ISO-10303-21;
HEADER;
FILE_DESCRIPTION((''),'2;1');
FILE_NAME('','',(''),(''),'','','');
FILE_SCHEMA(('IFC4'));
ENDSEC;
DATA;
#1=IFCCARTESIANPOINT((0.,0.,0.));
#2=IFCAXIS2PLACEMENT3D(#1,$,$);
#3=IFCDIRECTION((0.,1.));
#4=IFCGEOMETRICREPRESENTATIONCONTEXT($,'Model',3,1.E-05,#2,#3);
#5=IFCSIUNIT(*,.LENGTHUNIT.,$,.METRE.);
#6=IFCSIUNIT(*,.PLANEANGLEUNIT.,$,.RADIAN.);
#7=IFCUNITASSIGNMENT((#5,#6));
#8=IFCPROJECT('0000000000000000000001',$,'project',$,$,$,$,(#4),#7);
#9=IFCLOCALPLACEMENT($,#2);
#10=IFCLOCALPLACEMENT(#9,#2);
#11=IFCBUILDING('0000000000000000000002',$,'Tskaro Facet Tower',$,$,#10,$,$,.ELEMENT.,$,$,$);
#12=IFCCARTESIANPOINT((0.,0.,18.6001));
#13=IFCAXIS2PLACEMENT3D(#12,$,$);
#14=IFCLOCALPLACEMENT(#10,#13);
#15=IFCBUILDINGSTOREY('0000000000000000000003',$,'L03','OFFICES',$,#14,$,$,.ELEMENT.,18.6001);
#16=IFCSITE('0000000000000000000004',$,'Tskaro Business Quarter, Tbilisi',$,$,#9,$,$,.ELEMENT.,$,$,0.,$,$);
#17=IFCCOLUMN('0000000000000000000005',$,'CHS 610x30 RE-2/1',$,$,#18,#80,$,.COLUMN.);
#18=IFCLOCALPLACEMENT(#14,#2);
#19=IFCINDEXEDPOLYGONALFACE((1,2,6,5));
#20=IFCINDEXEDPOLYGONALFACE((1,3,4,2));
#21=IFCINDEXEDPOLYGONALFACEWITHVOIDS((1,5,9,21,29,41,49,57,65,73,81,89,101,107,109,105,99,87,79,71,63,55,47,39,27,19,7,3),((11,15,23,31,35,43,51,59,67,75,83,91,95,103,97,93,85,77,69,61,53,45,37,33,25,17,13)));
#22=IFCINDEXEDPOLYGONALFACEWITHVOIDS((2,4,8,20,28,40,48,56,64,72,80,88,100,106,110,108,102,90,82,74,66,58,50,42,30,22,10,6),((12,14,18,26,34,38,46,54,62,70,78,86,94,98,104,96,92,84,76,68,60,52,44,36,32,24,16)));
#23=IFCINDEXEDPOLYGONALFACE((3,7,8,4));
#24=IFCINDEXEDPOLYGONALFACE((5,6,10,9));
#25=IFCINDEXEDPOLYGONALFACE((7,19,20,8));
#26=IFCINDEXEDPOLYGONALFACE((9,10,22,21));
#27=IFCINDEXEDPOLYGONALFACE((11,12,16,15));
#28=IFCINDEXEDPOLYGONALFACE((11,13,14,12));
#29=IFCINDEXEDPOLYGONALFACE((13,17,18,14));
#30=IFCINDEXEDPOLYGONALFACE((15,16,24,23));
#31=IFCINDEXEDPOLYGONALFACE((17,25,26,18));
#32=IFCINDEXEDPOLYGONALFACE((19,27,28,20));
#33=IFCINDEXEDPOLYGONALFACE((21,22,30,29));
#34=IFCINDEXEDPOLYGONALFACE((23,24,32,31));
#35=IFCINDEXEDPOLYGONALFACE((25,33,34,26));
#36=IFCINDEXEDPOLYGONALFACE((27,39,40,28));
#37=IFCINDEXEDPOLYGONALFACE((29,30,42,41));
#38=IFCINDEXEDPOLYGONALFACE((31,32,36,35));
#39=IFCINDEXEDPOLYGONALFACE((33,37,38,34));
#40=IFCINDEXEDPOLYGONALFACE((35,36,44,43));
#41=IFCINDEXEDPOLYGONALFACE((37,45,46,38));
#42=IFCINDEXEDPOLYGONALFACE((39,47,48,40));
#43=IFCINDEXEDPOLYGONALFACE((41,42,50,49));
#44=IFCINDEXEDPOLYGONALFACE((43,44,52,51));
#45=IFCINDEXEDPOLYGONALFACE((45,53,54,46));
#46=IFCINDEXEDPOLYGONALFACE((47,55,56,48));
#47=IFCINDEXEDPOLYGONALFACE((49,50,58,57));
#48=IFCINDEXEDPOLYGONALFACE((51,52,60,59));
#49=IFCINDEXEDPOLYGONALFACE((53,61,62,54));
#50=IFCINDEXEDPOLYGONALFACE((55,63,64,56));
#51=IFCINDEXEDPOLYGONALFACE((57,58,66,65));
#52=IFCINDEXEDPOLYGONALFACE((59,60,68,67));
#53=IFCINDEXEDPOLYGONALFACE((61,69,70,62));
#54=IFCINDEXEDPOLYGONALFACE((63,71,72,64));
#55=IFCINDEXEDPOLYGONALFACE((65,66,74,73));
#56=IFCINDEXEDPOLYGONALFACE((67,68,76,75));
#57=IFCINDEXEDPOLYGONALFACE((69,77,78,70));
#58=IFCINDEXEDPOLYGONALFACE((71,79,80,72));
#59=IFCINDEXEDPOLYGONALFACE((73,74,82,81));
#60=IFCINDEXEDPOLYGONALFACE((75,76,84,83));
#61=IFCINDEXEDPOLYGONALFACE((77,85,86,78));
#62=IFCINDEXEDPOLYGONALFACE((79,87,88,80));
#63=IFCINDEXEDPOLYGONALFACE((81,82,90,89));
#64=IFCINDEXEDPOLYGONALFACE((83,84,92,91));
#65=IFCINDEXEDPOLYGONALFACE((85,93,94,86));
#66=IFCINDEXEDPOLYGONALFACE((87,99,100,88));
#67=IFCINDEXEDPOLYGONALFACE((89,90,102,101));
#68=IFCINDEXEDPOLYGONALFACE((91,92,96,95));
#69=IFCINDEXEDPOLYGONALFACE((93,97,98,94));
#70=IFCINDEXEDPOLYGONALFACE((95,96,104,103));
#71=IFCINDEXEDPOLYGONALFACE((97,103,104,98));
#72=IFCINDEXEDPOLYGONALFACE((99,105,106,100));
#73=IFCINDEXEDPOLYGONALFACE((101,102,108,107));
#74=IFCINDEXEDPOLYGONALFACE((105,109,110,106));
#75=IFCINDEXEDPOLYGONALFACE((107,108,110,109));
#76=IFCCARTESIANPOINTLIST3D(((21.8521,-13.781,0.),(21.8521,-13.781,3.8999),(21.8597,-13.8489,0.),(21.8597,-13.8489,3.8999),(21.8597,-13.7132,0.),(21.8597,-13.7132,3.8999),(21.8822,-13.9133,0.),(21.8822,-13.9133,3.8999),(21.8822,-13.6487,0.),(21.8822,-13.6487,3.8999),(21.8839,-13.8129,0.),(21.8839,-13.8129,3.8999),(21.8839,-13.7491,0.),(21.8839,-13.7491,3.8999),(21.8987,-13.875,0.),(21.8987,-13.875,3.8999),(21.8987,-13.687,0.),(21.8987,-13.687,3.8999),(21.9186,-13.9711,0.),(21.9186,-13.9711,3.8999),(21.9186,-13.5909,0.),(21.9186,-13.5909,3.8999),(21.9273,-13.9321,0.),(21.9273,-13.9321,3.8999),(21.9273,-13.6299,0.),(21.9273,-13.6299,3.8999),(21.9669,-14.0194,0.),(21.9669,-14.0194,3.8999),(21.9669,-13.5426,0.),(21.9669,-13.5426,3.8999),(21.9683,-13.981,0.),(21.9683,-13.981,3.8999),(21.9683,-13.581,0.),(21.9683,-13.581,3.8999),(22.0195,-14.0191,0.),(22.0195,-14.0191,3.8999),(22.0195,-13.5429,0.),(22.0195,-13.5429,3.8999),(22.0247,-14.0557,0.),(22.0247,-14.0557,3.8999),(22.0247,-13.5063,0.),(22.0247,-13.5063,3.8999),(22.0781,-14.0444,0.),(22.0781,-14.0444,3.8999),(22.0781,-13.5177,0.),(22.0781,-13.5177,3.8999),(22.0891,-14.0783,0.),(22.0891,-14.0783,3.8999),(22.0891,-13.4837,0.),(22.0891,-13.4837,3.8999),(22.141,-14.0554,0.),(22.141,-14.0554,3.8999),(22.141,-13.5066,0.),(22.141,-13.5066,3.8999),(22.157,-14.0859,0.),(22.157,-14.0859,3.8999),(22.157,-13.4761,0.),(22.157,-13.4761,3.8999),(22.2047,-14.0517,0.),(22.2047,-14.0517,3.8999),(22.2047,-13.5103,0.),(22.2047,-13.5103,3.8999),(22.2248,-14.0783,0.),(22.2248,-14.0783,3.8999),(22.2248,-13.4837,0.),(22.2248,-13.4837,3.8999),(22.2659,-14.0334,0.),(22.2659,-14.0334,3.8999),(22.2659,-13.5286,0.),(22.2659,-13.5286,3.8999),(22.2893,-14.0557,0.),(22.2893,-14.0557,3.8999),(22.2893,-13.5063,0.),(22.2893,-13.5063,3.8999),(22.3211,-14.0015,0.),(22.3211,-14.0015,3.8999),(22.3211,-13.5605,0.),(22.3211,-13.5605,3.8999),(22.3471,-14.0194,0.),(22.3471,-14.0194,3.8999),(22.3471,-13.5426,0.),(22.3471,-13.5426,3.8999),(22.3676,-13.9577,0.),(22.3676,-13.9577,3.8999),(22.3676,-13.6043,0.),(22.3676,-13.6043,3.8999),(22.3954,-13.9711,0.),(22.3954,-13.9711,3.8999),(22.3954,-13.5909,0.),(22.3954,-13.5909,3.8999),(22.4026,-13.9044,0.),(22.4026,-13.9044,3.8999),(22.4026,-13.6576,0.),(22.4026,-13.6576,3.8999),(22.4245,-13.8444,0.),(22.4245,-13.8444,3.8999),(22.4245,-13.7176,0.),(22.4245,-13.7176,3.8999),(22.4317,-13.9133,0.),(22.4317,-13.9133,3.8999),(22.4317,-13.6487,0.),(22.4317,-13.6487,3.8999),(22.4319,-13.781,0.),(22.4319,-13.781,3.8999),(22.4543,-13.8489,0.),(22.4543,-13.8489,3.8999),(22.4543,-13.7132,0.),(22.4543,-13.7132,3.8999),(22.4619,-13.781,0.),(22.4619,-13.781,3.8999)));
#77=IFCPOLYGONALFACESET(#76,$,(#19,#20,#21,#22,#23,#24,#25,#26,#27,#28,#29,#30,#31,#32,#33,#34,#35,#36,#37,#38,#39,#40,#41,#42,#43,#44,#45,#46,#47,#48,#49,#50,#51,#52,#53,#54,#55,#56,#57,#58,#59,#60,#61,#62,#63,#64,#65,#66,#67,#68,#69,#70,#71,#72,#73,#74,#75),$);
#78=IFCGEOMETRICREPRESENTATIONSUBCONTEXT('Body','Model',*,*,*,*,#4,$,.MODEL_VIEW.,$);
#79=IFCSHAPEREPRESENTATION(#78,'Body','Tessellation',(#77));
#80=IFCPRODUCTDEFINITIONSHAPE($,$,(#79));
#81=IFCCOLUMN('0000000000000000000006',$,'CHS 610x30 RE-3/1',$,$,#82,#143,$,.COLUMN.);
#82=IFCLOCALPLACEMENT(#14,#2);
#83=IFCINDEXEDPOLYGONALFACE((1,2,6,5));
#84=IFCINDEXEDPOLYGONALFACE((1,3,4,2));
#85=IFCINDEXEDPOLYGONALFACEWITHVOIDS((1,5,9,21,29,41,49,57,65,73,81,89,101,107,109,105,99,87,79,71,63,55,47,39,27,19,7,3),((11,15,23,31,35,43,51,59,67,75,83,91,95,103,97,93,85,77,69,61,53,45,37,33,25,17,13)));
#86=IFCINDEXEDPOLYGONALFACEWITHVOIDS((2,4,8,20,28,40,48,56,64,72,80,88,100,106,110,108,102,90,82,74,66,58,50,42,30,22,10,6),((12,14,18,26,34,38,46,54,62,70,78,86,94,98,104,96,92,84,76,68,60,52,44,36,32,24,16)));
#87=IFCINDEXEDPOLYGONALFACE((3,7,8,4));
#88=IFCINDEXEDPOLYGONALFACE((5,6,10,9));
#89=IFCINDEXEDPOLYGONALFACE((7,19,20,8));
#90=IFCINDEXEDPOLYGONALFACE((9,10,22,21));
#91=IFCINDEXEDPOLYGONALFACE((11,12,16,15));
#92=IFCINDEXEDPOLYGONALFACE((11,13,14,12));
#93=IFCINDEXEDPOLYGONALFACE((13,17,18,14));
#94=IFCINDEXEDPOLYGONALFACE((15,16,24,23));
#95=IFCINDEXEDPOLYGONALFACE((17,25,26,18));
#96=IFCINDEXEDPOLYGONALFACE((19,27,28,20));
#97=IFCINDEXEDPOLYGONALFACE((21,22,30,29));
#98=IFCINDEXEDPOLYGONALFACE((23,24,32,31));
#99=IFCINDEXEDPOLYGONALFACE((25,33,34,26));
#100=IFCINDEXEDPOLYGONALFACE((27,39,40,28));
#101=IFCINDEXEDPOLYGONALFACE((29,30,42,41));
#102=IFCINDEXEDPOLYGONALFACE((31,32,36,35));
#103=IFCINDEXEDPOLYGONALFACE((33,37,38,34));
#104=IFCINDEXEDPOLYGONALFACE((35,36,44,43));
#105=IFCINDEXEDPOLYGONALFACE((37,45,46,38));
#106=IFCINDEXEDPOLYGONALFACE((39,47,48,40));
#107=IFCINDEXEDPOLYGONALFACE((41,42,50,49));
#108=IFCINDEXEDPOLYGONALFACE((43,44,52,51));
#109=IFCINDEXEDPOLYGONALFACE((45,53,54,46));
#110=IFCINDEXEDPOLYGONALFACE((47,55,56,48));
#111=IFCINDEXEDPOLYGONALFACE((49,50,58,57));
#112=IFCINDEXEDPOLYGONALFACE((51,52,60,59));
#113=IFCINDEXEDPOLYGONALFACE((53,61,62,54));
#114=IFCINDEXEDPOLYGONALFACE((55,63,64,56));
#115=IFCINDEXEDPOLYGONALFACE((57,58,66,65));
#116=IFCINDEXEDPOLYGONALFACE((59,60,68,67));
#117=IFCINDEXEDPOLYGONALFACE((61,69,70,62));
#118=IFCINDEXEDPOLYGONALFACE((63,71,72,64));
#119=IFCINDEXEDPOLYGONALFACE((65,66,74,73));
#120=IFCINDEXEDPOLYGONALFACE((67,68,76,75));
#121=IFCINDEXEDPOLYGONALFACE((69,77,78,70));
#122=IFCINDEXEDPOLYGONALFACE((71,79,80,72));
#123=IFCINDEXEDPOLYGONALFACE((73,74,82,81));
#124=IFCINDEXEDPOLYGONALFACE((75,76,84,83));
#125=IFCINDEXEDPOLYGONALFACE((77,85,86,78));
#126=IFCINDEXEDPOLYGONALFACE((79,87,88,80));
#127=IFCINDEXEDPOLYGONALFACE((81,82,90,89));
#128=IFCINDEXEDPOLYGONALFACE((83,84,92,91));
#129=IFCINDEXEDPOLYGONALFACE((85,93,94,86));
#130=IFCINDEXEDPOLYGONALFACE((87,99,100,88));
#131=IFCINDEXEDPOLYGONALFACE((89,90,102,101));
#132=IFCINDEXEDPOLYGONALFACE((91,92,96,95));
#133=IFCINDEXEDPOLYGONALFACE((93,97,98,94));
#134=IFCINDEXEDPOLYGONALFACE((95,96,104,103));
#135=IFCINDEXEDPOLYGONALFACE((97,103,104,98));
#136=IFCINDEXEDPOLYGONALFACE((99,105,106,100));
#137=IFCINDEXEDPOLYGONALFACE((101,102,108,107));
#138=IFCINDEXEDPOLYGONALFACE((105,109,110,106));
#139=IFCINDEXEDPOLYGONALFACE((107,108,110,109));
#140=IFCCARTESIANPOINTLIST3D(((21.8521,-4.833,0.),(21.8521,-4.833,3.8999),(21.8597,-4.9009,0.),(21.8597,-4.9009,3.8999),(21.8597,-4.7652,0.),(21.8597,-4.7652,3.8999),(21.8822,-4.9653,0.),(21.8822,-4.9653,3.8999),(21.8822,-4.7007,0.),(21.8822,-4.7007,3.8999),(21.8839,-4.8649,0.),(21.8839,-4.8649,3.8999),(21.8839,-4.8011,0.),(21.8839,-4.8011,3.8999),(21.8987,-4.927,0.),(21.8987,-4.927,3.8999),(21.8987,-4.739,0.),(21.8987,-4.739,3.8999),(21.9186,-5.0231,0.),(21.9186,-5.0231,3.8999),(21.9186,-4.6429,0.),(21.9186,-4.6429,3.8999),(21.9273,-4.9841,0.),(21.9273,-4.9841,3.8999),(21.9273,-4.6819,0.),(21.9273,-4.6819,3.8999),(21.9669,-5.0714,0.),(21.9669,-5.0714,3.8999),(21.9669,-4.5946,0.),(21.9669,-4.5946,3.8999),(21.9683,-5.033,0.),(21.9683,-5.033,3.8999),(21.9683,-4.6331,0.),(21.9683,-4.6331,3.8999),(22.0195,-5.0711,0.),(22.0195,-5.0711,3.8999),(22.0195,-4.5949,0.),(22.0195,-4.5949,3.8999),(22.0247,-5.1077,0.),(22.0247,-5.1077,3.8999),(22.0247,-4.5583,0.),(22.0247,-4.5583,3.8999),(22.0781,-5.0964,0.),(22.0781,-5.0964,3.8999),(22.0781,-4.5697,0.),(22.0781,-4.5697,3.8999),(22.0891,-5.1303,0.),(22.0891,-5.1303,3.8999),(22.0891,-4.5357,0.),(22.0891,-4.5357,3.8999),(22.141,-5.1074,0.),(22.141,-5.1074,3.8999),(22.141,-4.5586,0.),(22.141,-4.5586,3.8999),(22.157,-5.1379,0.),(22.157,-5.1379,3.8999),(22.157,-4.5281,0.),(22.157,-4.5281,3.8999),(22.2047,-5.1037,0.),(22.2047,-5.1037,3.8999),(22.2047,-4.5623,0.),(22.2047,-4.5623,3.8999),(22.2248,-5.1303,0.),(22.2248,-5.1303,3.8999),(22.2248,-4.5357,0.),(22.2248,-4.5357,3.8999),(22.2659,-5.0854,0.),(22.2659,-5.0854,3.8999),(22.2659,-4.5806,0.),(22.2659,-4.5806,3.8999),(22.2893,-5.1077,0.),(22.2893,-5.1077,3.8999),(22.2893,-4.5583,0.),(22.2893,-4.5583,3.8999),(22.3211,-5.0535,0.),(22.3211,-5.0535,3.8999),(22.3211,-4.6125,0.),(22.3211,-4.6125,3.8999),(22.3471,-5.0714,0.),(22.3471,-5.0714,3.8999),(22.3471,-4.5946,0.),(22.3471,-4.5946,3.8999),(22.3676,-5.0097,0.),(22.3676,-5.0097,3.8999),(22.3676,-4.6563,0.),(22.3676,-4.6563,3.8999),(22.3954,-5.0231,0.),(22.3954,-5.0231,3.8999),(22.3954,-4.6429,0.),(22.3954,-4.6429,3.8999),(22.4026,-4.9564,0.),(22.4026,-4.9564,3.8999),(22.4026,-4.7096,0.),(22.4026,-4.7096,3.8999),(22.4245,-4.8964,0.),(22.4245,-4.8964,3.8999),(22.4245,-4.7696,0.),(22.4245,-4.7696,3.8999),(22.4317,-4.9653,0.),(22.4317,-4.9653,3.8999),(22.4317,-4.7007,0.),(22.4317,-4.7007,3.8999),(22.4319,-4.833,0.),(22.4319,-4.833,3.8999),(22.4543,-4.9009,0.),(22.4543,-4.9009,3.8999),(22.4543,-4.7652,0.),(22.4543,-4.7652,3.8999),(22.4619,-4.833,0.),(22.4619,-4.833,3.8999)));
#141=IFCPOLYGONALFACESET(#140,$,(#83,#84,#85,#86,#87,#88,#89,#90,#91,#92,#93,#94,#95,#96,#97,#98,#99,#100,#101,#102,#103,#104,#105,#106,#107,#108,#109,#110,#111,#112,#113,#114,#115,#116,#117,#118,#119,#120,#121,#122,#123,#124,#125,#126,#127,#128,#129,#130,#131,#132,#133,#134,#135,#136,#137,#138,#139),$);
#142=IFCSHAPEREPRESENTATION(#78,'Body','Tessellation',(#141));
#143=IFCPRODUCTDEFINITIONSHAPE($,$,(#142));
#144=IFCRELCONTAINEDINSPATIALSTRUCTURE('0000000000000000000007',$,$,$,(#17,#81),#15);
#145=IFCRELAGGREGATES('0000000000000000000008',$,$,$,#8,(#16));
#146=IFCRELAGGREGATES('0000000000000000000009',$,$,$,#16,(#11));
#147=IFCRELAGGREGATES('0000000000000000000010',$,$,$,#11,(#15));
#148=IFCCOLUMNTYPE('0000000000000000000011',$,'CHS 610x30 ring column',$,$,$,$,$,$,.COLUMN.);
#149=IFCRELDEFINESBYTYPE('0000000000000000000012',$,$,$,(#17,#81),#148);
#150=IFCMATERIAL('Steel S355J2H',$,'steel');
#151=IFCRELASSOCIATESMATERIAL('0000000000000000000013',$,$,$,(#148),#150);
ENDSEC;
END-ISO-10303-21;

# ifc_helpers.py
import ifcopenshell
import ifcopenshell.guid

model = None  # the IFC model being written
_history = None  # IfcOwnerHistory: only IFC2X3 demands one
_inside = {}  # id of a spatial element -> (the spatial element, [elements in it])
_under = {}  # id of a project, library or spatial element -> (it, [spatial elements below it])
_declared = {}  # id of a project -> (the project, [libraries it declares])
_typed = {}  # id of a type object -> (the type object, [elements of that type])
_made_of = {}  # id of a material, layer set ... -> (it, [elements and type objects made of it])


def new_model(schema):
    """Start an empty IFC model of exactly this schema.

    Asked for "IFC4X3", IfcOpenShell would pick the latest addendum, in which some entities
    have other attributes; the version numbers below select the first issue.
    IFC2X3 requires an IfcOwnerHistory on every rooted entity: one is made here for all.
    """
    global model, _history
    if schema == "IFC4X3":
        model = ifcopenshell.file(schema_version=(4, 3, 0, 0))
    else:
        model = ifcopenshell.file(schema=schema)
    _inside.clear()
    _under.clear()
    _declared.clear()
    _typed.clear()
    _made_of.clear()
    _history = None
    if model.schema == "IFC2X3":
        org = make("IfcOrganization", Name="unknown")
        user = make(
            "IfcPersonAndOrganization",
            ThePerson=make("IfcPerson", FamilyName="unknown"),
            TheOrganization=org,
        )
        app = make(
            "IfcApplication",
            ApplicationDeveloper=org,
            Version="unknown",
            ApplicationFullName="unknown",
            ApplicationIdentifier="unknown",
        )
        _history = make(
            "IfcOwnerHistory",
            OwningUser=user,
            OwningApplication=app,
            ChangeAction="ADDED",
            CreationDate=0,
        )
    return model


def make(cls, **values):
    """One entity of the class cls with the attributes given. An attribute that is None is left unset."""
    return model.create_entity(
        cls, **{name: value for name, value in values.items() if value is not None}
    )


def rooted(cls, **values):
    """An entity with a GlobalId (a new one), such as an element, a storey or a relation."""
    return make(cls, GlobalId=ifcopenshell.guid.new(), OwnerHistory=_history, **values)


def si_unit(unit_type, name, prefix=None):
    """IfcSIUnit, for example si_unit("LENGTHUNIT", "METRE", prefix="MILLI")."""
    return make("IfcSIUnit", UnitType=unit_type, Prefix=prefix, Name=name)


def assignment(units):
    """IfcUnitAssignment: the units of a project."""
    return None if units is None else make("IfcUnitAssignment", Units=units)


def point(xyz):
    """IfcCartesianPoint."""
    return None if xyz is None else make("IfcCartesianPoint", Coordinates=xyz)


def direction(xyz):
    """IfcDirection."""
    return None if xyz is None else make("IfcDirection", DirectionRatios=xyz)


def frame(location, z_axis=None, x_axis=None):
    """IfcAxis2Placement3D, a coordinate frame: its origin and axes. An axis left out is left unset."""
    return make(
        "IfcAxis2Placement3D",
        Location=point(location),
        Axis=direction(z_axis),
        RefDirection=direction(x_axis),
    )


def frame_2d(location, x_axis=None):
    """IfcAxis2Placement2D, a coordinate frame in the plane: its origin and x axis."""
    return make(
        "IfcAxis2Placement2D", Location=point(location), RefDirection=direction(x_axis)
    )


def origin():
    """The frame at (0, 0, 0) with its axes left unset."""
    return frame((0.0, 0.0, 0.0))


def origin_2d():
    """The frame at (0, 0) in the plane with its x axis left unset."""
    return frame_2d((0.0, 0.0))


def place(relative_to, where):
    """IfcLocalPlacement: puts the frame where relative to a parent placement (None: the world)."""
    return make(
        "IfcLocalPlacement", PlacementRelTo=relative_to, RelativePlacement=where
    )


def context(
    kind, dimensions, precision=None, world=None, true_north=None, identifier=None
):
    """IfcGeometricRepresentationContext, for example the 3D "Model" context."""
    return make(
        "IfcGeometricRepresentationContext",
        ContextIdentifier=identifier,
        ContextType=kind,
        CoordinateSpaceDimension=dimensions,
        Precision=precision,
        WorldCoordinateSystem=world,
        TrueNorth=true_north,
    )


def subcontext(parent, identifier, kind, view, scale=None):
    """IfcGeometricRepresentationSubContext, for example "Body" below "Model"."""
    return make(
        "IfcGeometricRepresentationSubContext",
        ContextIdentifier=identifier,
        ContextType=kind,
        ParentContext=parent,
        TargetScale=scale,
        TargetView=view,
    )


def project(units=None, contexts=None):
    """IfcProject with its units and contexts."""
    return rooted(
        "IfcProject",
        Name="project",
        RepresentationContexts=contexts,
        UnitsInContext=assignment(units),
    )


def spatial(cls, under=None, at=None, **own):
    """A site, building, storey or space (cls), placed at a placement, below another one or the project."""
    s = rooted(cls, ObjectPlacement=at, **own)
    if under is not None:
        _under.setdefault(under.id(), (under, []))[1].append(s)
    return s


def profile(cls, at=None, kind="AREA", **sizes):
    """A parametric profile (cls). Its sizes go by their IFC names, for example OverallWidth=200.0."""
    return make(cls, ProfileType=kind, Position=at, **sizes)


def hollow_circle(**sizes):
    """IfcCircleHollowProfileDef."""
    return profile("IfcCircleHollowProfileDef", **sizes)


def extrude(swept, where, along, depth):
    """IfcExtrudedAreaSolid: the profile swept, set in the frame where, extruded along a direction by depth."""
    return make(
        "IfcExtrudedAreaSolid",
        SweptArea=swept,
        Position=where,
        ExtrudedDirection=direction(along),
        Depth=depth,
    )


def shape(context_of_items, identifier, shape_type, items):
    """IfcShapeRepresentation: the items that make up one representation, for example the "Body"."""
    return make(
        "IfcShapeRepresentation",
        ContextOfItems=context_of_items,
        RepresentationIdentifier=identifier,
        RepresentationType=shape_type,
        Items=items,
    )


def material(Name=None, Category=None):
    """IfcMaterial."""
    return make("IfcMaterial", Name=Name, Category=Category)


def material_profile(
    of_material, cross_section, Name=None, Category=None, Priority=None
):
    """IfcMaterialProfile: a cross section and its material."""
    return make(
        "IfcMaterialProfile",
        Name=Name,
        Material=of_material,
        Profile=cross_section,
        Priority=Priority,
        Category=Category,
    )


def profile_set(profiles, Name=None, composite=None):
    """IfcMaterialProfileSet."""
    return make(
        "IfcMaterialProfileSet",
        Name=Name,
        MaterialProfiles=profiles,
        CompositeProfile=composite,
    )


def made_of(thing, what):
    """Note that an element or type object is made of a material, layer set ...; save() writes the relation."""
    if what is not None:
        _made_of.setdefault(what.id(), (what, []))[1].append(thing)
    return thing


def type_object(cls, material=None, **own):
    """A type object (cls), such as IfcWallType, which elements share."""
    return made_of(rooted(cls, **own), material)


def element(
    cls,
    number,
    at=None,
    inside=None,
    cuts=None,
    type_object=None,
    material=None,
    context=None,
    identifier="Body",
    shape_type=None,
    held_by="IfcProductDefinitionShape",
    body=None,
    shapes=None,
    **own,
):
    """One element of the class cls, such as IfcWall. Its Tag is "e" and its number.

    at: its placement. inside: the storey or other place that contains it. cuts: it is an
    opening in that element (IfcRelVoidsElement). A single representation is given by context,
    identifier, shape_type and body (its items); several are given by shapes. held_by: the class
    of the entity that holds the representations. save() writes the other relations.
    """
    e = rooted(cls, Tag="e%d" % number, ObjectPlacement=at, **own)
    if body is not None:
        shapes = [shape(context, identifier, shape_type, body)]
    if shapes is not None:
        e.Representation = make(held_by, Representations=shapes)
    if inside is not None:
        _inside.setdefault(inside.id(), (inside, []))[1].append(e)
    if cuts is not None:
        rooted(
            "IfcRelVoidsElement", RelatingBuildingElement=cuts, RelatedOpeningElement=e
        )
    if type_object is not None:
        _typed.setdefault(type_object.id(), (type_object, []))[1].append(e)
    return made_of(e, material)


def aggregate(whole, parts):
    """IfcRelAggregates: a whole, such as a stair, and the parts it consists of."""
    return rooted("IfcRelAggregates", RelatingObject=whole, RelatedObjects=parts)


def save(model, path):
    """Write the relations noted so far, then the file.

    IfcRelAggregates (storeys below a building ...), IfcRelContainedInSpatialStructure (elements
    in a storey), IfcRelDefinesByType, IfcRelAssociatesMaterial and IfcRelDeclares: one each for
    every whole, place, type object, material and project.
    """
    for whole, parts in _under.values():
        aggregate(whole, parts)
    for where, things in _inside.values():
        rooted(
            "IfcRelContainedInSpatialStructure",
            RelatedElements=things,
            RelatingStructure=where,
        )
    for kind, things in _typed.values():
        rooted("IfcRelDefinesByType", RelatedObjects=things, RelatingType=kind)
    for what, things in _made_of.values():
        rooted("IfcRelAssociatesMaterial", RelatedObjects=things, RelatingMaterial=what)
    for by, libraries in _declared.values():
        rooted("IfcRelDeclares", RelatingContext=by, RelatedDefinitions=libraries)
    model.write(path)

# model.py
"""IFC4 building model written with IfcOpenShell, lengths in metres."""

from ifc_helpers import new_model, si_unit, direction, frame, origin, origin_2d, place, context, subcontext, project, spatial, hollow_circle, extrude, material, material_profile, profile_set, type_object, element, save


model = new_model("IFC4")

# Units and contexts
model_context = context("Model", 3, precision=1e-05, world=origin(), true_north=direction((0.0, 1.0)))
body_context = subcontext(model_context, "Body", "Model", "MODEL_VIEW")
ifc_project = project(units=[si_unit("LENGTHUNIT", "METRE"), si_unit("PLANEANGLEUNIT", "RADIAN")], contexts=[model_context])

# Site, building, storey
site_placement = place(None, origin())
site = spatial("IfcSite", under=ifc_project, at=site_placement, Name="Tskaro Business Quarter, Tbilisi", CompositionType="ELEMENT", RefElevation=0.0)
building_placement = place(site_placement, origin())
building = spatial("IfcBuilding", under=site, at=building_placement, Name="Tskaro Facet Tower", CompositionType="ELEMENT")
storey_placement = place(building_placement, frame((0.0, 0.0, 18.6001)))
storey = spatial("IfcBuildingStorey", under=building, at=storey_placement, Name="L03", Description="OFFICES", CompositionType="ELEMENT", Elevation=18.6001)

# Columns
ifc_material_1 = material(Name="Steel S355J2H", Category="steel")
ifc_material_profile_1 = material_profile(ifc_material_1, hollow_circle(Radius=0.3049, WallThickness=0.03, at=origin_2d()), Name="CHS 610x30")
ifc_profile_set_1 = profile_set([ifc_material_profile_1], Name="Steel S355J2H")
column_type_1 = type_object("IfcColumnType", Name="CHS 610x30 ring column", PredefinedType="COLUMN", material=ifc_profile_set_1)
for number, where, z_axis, x_axis, name in (
    (1, (22.157, -13.781, 0.0), (0.0, 0.0, 1.0), (1.0, 0.0, 0.0), "CHS 610x30 RE-2/1"),
    (2, (22.157, -4.833, 0.0), (0.0, 0.0, 1.0), (1.0, 0.0, 0.0), "CHS 610x30 RE-3/1"),
):
    element("IfcColumn", number, at=place(storey_placement, frame(where, z_axis=z_axis, x_axis=x_axis)), inside=storey, type_object=column_type_1, Name=name, PredefinedType="COLUMN", context=body_context, shape_type="SweptSolid", body=[
        extrude(hollow_circle(Radius=0.3049, WallThickness=0.03, at=origin_2d()), origin(), (0.0, 0.0, 1.0), 3.8999),
    ])

save(model, "model.ifc")
